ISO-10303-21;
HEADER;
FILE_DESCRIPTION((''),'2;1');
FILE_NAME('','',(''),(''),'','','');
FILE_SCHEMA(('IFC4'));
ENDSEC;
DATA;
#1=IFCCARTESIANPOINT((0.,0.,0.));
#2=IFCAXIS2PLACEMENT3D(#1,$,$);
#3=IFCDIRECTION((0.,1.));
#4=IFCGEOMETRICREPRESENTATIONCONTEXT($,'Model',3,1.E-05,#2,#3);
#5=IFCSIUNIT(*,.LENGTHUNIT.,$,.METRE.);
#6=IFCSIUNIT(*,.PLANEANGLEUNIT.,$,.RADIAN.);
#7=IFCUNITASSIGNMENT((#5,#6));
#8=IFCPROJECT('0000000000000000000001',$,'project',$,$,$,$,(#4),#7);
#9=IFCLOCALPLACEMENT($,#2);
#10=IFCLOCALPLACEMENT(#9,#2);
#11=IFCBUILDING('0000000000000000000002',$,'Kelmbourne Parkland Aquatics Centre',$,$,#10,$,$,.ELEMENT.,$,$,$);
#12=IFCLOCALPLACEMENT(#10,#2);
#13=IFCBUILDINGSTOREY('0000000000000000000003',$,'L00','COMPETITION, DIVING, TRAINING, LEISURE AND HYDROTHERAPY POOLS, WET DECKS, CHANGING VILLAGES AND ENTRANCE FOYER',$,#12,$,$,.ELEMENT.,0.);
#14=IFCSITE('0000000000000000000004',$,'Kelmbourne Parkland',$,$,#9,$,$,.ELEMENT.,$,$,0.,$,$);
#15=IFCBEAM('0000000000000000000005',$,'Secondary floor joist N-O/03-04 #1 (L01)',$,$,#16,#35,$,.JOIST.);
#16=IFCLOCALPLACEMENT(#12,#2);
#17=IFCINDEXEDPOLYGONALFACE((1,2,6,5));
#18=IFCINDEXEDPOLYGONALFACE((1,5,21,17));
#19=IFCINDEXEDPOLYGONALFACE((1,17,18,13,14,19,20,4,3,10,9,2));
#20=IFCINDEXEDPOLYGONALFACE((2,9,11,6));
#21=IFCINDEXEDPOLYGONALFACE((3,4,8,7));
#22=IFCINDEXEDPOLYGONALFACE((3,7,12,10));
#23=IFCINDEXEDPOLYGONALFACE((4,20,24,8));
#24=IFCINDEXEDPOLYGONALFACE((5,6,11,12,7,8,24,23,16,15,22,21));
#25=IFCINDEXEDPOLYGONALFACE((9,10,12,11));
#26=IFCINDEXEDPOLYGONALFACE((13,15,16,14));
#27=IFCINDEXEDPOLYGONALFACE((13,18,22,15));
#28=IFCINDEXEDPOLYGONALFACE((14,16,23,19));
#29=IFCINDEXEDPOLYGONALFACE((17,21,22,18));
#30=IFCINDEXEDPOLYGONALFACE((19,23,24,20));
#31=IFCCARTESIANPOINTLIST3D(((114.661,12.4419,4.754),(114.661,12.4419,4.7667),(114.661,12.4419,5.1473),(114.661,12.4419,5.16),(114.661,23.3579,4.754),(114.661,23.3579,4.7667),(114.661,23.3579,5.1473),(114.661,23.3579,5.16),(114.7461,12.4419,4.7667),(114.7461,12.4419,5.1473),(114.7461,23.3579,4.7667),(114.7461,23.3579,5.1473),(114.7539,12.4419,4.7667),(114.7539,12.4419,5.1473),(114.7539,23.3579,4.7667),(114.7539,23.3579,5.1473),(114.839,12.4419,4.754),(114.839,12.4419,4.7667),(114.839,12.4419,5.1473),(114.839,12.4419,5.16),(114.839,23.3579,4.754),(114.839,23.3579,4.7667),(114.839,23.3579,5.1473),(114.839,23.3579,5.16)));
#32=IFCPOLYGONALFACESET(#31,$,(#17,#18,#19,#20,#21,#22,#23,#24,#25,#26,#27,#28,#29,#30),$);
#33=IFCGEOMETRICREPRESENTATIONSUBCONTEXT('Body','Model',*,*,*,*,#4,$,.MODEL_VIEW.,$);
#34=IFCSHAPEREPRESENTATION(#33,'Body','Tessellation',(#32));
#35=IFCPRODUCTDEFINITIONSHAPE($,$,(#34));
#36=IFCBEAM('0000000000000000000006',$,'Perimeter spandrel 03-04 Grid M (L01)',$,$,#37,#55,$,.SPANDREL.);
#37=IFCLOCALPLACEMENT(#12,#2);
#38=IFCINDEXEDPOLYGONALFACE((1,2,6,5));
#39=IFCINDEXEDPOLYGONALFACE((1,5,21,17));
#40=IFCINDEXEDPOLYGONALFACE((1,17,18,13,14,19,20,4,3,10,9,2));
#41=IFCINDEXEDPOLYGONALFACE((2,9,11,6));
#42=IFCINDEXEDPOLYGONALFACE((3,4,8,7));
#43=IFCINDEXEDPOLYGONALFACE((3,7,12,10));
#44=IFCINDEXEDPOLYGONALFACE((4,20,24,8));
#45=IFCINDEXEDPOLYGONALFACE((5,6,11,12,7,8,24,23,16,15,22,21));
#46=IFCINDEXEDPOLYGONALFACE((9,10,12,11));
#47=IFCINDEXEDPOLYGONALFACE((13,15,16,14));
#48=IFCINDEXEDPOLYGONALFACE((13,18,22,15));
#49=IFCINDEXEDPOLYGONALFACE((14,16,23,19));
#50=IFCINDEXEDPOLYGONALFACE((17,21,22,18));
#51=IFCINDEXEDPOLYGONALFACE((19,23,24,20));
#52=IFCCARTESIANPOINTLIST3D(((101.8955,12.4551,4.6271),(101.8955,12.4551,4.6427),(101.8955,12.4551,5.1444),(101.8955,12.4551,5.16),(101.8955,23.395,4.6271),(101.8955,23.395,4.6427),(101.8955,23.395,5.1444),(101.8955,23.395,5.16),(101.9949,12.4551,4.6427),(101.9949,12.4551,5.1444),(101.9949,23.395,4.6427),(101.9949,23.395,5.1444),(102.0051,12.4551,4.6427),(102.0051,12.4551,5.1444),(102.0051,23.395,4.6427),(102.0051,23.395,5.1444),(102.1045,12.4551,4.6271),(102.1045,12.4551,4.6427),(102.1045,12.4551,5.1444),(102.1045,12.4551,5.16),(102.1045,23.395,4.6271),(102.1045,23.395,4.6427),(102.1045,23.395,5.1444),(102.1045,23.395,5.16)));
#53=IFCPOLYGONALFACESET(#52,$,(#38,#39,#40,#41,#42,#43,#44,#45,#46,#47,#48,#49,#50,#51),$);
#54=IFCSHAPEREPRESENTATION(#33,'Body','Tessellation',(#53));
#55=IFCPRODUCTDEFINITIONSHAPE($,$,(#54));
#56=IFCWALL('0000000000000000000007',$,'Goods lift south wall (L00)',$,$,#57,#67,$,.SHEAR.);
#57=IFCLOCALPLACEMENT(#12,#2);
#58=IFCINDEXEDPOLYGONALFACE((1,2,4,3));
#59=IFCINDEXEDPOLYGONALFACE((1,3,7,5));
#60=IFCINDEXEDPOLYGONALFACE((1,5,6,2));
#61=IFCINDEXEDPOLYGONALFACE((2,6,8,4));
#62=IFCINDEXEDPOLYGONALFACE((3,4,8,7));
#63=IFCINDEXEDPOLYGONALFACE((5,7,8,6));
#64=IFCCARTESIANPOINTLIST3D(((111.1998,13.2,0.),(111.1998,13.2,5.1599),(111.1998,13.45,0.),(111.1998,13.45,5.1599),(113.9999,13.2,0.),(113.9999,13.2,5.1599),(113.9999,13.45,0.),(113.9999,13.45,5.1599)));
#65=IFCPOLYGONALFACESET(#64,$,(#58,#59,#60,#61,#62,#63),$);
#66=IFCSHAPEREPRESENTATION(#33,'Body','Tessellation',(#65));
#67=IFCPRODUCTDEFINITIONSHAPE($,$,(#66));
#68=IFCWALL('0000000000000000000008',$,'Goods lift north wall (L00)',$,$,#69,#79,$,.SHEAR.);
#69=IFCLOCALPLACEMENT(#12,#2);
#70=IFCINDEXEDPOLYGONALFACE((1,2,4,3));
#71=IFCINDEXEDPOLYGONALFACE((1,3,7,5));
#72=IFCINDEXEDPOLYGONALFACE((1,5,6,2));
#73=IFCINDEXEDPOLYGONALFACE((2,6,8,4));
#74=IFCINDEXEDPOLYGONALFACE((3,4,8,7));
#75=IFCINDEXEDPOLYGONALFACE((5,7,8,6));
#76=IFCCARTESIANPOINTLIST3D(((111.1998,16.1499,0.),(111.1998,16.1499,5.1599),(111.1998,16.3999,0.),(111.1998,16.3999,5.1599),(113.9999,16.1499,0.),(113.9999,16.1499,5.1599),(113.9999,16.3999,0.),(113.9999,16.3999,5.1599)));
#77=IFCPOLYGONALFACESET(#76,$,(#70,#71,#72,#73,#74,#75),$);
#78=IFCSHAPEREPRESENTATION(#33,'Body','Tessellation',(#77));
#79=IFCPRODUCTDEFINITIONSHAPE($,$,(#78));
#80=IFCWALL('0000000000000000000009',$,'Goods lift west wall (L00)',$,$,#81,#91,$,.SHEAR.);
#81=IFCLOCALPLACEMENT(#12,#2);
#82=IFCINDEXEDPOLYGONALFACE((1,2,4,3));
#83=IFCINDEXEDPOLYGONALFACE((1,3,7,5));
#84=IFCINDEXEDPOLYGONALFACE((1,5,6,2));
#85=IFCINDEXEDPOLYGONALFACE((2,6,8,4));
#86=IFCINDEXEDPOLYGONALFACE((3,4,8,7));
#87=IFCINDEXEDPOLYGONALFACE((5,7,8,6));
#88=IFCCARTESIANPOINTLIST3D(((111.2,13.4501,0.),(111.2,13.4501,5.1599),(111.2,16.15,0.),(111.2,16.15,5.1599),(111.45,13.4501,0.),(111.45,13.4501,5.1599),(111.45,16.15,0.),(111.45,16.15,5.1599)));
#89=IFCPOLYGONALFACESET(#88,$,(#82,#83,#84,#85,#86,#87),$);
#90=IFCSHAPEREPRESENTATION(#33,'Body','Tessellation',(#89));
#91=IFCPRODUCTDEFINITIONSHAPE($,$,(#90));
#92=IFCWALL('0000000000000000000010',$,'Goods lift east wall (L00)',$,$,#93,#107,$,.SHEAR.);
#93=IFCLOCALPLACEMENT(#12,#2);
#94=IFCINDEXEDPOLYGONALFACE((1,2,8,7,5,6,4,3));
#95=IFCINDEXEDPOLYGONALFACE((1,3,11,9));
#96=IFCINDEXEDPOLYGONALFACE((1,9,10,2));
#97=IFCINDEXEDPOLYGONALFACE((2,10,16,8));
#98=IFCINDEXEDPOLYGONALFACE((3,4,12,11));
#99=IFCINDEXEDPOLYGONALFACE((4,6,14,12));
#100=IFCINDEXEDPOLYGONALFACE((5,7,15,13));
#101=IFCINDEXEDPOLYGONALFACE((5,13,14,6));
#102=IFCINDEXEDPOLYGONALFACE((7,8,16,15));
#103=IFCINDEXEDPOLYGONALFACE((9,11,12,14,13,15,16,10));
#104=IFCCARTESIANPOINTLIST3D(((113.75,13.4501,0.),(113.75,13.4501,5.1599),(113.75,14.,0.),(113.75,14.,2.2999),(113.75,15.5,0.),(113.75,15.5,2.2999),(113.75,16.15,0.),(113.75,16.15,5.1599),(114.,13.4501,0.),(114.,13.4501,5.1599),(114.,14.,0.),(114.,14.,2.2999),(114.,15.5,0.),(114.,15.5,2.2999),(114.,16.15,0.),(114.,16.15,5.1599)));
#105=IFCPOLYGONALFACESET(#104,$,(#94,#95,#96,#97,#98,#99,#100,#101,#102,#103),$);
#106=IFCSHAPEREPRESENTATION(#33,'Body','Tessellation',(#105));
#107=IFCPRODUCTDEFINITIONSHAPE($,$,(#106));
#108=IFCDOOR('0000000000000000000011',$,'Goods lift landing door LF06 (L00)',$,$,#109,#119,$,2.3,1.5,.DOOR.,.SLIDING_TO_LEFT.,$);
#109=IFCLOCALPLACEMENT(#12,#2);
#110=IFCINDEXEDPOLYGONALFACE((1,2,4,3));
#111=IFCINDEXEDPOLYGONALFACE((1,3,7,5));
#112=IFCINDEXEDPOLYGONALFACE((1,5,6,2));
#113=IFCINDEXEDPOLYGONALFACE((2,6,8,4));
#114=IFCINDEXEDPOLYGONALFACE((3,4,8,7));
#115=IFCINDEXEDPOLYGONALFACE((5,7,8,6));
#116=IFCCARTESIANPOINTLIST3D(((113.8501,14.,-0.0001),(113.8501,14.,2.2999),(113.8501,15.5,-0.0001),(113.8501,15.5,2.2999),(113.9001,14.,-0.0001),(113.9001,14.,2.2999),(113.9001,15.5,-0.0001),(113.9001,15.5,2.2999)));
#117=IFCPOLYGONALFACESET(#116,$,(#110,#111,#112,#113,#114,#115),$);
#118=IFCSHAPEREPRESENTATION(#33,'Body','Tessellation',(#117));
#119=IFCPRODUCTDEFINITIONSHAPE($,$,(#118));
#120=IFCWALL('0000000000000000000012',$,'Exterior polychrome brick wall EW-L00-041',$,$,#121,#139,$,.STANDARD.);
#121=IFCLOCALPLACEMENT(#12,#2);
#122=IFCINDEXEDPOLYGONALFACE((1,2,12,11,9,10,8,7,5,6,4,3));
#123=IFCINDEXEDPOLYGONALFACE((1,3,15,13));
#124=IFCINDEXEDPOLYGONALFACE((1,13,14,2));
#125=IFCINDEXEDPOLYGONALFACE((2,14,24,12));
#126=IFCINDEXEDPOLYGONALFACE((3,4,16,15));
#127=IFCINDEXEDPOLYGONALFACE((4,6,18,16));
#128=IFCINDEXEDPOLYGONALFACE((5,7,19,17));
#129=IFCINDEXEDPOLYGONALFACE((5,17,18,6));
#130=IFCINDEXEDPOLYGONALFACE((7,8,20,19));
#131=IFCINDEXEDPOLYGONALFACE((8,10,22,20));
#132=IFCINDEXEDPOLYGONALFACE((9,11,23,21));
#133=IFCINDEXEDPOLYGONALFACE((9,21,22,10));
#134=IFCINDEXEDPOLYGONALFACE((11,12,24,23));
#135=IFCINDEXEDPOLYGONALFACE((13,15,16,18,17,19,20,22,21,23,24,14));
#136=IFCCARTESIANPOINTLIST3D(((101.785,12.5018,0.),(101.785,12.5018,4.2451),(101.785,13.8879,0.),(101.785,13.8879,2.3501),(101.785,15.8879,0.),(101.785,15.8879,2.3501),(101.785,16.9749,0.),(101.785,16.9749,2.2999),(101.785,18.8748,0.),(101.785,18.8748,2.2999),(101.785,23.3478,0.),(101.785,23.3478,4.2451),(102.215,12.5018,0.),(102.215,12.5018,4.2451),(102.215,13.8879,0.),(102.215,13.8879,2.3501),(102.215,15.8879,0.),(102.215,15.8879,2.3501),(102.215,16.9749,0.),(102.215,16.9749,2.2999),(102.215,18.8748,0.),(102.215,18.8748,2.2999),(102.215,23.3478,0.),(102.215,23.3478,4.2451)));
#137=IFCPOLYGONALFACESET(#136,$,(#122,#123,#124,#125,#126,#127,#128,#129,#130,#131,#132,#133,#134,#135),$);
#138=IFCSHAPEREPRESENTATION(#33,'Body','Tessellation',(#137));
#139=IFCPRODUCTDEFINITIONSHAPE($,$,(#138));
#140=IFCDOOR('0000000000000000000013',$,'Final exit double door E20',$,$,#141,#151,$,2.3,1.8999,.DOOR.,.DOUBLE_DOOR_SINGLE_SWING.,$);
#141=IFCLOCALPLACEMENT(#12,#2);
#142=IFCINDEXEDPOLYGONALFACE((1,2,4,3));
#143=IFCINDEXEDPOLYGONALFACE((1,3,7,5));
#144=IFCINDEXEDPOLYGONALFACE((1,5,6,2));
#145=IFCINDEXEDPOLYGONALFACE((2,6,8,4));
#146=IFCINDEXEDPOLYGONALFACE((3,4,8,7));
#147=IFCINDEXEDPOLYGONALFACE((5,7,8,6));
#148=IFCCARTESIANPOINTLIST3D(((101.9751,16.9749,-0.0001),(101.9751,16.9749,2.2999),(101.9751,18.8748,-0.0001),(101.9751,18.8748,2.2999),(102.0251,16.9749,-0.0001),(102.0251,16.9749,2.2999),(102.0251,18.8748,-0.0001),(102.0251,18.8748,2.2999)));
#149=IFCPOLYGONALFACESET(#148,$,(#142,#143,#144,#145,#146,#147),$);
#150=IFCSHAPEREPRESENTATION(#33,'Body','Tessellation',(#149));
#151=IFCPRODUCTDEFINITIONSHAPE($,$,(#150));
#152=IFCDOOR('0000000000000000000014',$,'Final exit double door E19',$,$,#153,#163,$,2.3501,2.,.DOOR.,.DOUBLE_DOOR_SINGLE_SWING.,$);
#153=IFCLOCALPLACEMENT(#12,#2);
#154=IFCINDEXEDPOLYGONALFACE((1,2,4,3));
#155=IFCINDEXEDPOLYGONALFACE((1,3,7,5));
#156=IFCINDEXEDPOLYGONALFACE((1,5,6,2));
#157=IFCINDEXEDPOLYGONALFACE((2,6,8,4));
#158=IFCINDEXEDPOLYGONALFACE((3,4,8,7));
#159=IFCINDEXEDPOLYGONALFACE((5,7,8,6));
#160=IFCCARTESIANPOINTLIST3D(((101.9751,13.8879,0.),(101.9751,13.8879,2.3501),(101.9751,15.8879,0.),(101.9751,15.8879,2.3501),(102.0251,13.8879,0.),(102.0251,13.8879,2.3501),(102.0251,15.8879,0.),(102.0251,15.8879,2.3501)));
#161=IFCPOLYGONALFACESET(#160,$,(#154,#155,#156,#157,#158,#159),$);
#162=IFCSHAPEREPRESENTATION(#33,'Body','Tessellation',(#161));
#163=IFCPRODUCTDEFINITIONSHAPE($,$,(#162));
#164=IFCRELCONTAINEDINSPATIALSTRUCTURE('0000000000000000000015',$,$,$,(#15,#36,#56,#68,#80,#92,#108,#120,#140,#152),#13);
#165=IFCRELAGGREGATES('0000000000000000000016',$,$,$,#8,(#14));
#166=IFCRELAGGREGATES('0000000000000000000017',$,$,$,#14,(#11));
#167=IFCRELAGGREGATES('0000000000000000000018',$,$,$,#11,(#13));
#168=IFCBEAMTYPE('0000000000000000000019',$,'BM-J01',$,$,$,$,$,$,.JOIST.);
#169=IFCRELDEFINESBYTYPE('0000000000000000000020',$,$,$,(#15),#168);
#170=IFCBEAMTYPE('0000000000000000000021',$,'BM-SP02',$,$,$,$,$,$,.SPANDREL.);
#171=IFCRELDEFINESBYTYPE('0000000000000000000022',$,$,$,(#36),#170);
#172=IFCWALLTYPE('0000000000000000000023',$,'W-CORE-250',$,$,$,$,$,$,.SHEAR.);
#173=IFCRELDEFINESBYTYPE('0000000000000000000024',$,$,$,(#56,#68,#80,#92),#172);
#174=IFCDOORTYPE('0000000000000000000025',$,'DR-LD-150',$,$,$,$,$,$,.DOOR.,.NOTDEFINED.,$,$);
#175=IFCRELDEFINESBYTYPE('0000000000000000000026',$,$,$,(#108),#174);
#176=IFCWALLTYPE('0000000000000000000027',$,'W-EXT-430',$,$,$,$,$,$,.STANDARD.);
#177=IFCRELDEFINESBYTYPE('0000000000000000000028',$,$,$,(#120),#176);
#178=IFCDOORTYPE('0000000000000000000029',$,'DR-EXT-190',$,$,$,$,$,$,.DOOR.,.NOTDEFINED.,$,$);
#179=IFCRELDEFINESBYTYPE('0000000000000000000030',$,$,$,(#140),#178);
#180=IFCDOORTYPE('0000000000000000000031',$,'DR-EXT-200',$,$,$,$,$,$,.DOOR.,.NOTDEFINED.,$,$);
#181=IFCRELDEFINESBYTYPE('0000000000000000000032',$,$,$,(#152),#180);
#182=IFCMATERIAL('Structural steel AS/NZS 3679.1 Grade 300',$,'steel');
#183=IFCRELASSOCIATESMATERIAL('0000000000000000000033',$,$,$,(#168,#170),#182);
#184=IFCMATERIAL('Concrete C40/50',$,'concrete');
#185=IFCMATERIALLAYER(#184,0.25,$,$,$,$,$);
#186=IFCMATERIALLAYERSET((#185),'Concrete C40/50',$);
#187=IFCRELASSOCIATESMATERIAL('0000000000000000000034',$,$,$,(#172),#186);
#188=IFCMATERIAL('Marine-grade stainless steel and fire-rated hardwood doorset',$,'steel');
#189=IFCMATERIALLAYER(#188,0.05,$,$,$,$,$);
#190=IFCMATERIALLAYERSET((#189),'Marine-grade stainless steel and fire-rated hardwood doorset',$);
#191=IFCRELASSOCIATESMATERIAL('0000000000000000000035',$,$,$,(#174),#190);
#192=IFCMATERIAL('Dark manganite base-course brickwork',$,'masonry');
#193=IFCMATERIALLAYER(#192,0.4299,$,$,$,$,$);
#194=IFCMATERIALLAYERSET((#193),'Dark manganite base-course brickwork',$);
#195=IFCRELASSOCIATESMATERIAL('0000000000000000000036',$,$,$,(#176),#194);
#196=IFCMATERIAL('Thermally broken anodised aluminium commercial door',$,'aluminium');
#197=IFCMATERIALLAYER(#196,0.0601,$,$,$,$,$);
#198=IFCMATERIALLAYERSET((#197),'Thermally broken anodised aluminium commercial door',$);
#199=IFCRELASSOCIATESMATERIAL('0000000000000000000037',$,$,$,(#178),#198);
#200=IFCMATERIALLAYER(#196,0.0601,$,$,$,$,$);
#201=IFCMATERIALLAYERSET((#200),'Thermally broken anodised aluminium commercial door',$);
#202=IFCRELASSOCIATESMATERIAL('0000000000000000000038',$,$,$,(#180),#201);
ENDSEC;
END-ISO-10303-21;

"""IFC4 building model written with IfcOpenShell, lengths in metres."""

from ifc_helpers import new_model, si_unit, direction, frame, frame_2d, origin, origin_2d, place, context, subcontext, project, spatial, rectangle, i_section, extrude, material, layer, layer_set, material_profile, profile_set, type_object, element, fill, save


model = new_model("IFC4")

# Units and contexts
model_context = context("Model", 3, precision=1e-05, world=origin(), true_north=direction((0.0, 1.0)))
body_context = subcontext(model_context, "Body", "Model", "MODEL_VIEW")
ifc_project = project(units=[si_unit("LENGTHUNIT", "METRE"), si_unit("PLANEANGLEUNIT", "RADIAN")], contexts=[model_context])

# Site, building, storey
site_placement = place(None, origin())
site = spatial("IfcSite", under=ifc_project, at=site_placement, Name="Kelmbourne Parkland", CompositionType="ELEMENT", RefElevation=0.0)
building_placement = place(site_placement, origin())
building = spatial("IfcBuilding", under=site, at=building_placement, Name="Kelmbourne Parkland Aquatics Centre", CompositionType="ELEMENT")
storey_placement = place(building_placement, origin())
storey = spatial("IfcBuildingStorey", under=building, at=storey_placement, Name="L00", Description="COMPETITION, DIVING, TRAINING, LEISURE AND HYDROTHERAPY POOLS, WET DECKS, CHANGING VILLAGES AND ENTRANCE FOYER", CompositionType="ELEMENT", Elevation=0.0)

# Shared definitions
ifc_material_1 = material(Name="Concrete C40/50", Category="concrete")

# Beams
ifc_material_2 = material(Name="Structural steel AS/NZS 3679.1 Grade 300", Category="steel")
ifc_material_profile_1 = material_profile(ifc_material_2, i_section(OverallWidth=0.178, OverallDepth=0.406, WebThickness=0.0078, FlangeThickness=0.0127, at=origin_2d()), Name="410UB59.7")
ifc_profile_set_1 = profile_set([ifc_material_profile_1], Name="Structural steel AS/NZS 3679.1 Grade 300")
beam_type_1 = type_object("IfcBeamType", Name="BM-J01", PredefinedType="JOIST", material=ifc_profile_set_1)
for number, where, z_axis, x_axis, name in (
    (1, (114.75, 12.4419, 4.957), (0.0, 1.0, 0.0), (-1.0, 0.0, 0.0), "Secondary floor joist N-O/03-04 #1 (L01)"),
):
    element("IfcBeam", number, at=place(storey_placement, frame(where, z_axis=z_axis, x_axis=x_axis)), inside=storey, type_object=beam_type_1, Name=name, PredefinedType="JOIST", context=body_context, shape_type="SweptSolid", body=[
        extrude(i_section(OverallWidth=0.178, OverallDepth=0.406, WebThickness=0.0078, FlangeThickness=0.0127, at=origin_2d()), origin(), (0.0, 0.0, 1.0), 10.916),
    ])
ifc_material_profile_2 = material_profile(ifc_material_2, i_section(OverallWidth=0.209, OverallDepth=0.533, WebThickness=0.0103, FlangeThickness=0.0156, at=origin_2d()), Name="530UB92.4")
ifc_profile_set_2 = profile_set([ifc_material_profile_2], Name="Structural steel AS/NZS 3679.1 Grade 300")
beam_type_2 = type_object("IfcBeamType", Name="BM-SP02", PredefinedType="SPANDREL", material=ifc_profile_set_2)
beam_1_placement = place(storey_placement, frame((102.0, 12.4551, 4.8936), z_axis=(0.0, 1.0, 0.0), x_axis=(-1.0, 0.0, 0.0)))
element("IfcBeam", 2, at=beam_1_placement, inside=storey, type_object=beam_type_2, Name="Perimeter spandrel 03-04 Grid M (L01)", PredefinedType="SPANDREL", context=body_context, shape_type="SweptSolid", body=[
    extrude(i_section(OverallWidth=0.209, OverallDepth=0.533, WebThickness=0.0103, FlangeThickness=0.0156, at=origin_2d()), origin(), (0.0, 0.0, 1.0), 10.9399),
])

# Walls
ifc_layer_1 = layer(ifc_material_1, 0.25)
ifc_layer_set_1 = layer_set([ifc_layer_1], Name="Concrete C40/50")
wall_type_1 = type_object("IfcWallType", Name="W-CORE-250", PredefinedType="SHEAR", material=ifc_layer_set_1)
for number, where, z_axis, x_axis, name in (
    (3, (111.2, 13.325, 0.0), (0.0, 0.0, 1.0), (1.0, 0.0, 0.0), "Goods lift south wall (L00)"),
    (4, (111.2, 16.2749, 0.0), (0.0, 0.0, 1.0), (1.0, 0.0, 0.0), "Goods lift north wall (L00)"),
):
    element("IfcWall", number, at=place(storey_placement, frame(where, z_axis=z_axis, x_axis=x_axis)), inside=storey, type_object=wall_type_1, Name=name, PredefinedType="SHEAR", context=body_context, shape_type="SweptSolid", body=[
        extrude(rectangle(XDim=2.8, YDim=0.25, at=frame_2d((1.3999, 0.0))), origin(), (0.0, 0.0, 1.0), 5.1599),
    ])
wall_1_placement = place(storey_placement, frame((111.325, 13.45, 0.0), z_axis=(0.0, 0.0, 1.0), x_axis=(0.0, 1.0, 0.0)))
element("IfcWall", 5, at=wall_1_placement, inside=storey, type_object=wall_type_1, Name="Goods lift west wall (L00)", PredefinedType="SHEAR", context=body_context, shape_type="SweptSolid", body=[
    extrude(rectangle(XDim=2.7, YDim=0.25, at=frame_2d((1.3501, 0.0))), origin(), (0.0, 0.0, 1.0), 5.1599),
])

# Wall, opening, door
wall_2_placement = place(storey_placement, frame((113.875, 13.45, 0.0), z_axis=(0.0, 0.0, 1.0), x_axis=(0.0, 1.0, 0.0)))
wall_2 = element("IfcWall", 6, at=wall_2_placement, inside=storey, type_object=wall_type_1, Name="Goods lift east wall (L00)", PredefinedType="SHEAR", context=body_context, shape_type="SweptSolid", body=[
    extrude(rectangle(XDim=2.7, YDim=0.25, at=frame_2d((1.3501, 0.0))), origin(), (0.0, 0.0, 1.0), 5.1599),
])
opening_1_placement = place(wall_2_placement, frame((0.55, 0.0, 0.0)))
opening_1 = element("IfcOpeningElement", 7, at=opening_1_placement, cuts=wall_2, PredefinedType="OPENING", context=body_context, shape_type="SweptSolid", body=[
    extrude(rectangle(XDim=1.5, YDim=2.3, at=frame_2d((0.75, 1.1499))), frame((0.0, 0.137, 0.0), z_axis=(0.0, -1.0, 0.0), x_axis=(1.0, 0.0, 0.0)), (0.0, 0.0, 1.0), 0.2739),
])
ifc_material_3 = material(Name="Marine-grade stainless steel and fire-rated hardwood doorset", Category="steel")
ifc_layer_2 = layer(ifc_material_3, 0.05)
ifc_layer_set_2 = layer_set([ifc_layer_2], Name="Marine-grade stainless steel and fire-rated hardwood doorset")
door_type_1 = type_object("IfcDoorType", Name="DR-LD-150", OperationType="NOTDEFINED", PredefinedType="DOOR", material=ifc_layer_set_2)
door_1_placement = place(opening_1_placement, origin())
door_1 = element("IfcDoor", 8, at=door_1_placement, inside=storey, type_object=door_type_1, Name="Goods lift landing door LF06 (L00)", OperationType="SLIDING_TO_LEFT", OverallHeight=2.3, OverallWidth=1.5, PredefinedType="DOOR", context=body_context, shape_type="SweptSolid", body=[
    extrude(rectangle(XDim=1.5, YDim=2.3, at=frame_2d((0.75, 1.1499))), frame((0.0, 0.0249, 0.0), z_axis=(0.0, -1.0, 0.0), x_axis=(1.0, 0.0, 0.0)), (0.0, 0.0, 1.0), 0.05),
])
fill(opening_1, door_1)

# Wall, openings, doors
ifc_material_4 = material(Name="Dark manganite base-course brickwork", Category="masonry")
ifc_layer_3 = layer(ifc_material_4, 0.4299)
ifc_layer_set_3 = layer_set([ifc_layer_3], Name="Dark manganite base-course brickwork")
wall_type_2 = type_object("IfcWallType", Name="W-EXT-430", PredefinedType="STANDARD", material=ifc_layer_set_3)
wall_3_placement = place(storey_placement, frame((102.0, 12.502, 0.0), z_axis=(0.0, 0.0, 1.0), x_axis=(0.0, 1.0, 0.0)))
wall_3 = element("IfcWall", 9, at=wall_3_placement, inside=storey, type_object=wall_type_2, Name="Exterior polychrome brick wall EW-L00-041", PredefinedType="STANDARD", context=body_context, shape_type="SweptSolid", body=[
    extrude(rectangle(XDim=10.8459, YDim=0.4299, at=frame_2d((5.4229, 0.0))), origin(), (0.0, 0.0, 1.0), 4.2451),
])
opening_2_placement = place(wall_3_placement, frame((1.386, 0.0, 0.0)))
opening_2 = element("IfcOpeningElement", 10, at=opening_2_placement, cuts=wall_3, PredefinedType="OPENING", context=body_context, shape_type="SweptSolid", body=[
    extrude(rectangle(XDim=2.0, YDim=2.3501, at=frame_2d((1.0, 1.175))), frame((0.0, 0.2271, 0.0), z_axis=(0.0, -1.0, 0.0), x_axis=(1.0, 0.0, 0.0)), (0.0, 0.0, 1.0), 0.4539),
])
opening_3_placement = place(wall_3_placement, frame((4.4729, 0.0, 0.0)))
opening_3 = element("IfcOpeningElement", 11, at=opening_3_placement, cuts=wall_3, PredefinedType="OPENING", context=body_context, shape_type="SweptSolid", body=[
    extrude(rectangle(XDim=1.8999, YDim=2.3, at=frame_2d((0.95, 1.1499))), frame((0.0, 0.2271, 0.0), z_axis=(0.0, -1.0, 0.0), x_axis=(1.0, 0.0, 0.0)), (0.0, 0.0, 1.0), 0.4539),
])
ifc_material_5 = material(Name="Thermally broken anodised aluminium commercial door", Category="aluminium")
ifc_layer_4 = layer(ifc_material_5, 0.0601)
ifc_layer_set_4 = layer_set([ifc_layer_4], Name="Thermally broken anodised aluminium commercial door")
door_type_2 = type_object("IfcDoorType", Name="DR-EXT-190", OperationType="NOTDEFINED", PredefinedType="DOOR", material=ifc_layer_set_4)
door_2_placement = place(opening_3_placement, origin())
door_2 = element("IfcDoor", 12, at=door_2_placement, inside=storey, type_object=door_type_2, Name="Final exit double door E20", OperationType="DOUBLE_DOOR_SINGLE_SWING", OverallHeight=2.3, OverallWidth=1.8999, PredefinedType="DOOR", context=body_context, shape_type="SweptSolid", body=[
    extrude(rectangle(XDim=1.8999, YDim=2.3, at=frame_2d((0.95, 1.1499))), frame((0.0, 0.0249, 0.0), z_axis=(0.0, -1.0, 0.0), x_axis=(1.0, 0.0, 0.0)), (0.0, 0.0, 1.0), 0.05),
])
fill(opening_3, door_2)
ifc_layer_5 = layer(ifc_material_5, 0.0601)
ifc_layer_set_5 = layer_set([ifc_layer_5], Name="Thermally broken anodised aluminium commercial door")
door_type_3 = type_object("IfcDoorType", Name="DR-EXT-200", OperationType="NOTDEFINED", PredefinedType="DOOR", material=ifc_layer_set_5)
door_3_placement = place(opening_2_placement, origin())
door_3 = element("IfcDoor", 13, at=door_3_placement, inside=storey, type_object=door_type_3, Name="Final exit double door E19", OperationType="DOUBLE_DOOR_SINGLE_SWING", OverallHeight=2.3501, OverallWidth=2.0, PredefinedType="DOOR", context=body_context, shape_type="SweptSolid", body=[
    extrude(rectangle(XDim=2.0, YDim=2.3501, at=frame_2d((1.0, 1.175))), frame((0.0, 0.0249, 0.0), z_axis=(0.0, -1.0, 0.0), x_axis=(1.0, 0.0, 0.0)), (0.0, 0.0, 1.0), 0.05),
])
fill(opening_2, door_3)

save(model, "model.ifc")
